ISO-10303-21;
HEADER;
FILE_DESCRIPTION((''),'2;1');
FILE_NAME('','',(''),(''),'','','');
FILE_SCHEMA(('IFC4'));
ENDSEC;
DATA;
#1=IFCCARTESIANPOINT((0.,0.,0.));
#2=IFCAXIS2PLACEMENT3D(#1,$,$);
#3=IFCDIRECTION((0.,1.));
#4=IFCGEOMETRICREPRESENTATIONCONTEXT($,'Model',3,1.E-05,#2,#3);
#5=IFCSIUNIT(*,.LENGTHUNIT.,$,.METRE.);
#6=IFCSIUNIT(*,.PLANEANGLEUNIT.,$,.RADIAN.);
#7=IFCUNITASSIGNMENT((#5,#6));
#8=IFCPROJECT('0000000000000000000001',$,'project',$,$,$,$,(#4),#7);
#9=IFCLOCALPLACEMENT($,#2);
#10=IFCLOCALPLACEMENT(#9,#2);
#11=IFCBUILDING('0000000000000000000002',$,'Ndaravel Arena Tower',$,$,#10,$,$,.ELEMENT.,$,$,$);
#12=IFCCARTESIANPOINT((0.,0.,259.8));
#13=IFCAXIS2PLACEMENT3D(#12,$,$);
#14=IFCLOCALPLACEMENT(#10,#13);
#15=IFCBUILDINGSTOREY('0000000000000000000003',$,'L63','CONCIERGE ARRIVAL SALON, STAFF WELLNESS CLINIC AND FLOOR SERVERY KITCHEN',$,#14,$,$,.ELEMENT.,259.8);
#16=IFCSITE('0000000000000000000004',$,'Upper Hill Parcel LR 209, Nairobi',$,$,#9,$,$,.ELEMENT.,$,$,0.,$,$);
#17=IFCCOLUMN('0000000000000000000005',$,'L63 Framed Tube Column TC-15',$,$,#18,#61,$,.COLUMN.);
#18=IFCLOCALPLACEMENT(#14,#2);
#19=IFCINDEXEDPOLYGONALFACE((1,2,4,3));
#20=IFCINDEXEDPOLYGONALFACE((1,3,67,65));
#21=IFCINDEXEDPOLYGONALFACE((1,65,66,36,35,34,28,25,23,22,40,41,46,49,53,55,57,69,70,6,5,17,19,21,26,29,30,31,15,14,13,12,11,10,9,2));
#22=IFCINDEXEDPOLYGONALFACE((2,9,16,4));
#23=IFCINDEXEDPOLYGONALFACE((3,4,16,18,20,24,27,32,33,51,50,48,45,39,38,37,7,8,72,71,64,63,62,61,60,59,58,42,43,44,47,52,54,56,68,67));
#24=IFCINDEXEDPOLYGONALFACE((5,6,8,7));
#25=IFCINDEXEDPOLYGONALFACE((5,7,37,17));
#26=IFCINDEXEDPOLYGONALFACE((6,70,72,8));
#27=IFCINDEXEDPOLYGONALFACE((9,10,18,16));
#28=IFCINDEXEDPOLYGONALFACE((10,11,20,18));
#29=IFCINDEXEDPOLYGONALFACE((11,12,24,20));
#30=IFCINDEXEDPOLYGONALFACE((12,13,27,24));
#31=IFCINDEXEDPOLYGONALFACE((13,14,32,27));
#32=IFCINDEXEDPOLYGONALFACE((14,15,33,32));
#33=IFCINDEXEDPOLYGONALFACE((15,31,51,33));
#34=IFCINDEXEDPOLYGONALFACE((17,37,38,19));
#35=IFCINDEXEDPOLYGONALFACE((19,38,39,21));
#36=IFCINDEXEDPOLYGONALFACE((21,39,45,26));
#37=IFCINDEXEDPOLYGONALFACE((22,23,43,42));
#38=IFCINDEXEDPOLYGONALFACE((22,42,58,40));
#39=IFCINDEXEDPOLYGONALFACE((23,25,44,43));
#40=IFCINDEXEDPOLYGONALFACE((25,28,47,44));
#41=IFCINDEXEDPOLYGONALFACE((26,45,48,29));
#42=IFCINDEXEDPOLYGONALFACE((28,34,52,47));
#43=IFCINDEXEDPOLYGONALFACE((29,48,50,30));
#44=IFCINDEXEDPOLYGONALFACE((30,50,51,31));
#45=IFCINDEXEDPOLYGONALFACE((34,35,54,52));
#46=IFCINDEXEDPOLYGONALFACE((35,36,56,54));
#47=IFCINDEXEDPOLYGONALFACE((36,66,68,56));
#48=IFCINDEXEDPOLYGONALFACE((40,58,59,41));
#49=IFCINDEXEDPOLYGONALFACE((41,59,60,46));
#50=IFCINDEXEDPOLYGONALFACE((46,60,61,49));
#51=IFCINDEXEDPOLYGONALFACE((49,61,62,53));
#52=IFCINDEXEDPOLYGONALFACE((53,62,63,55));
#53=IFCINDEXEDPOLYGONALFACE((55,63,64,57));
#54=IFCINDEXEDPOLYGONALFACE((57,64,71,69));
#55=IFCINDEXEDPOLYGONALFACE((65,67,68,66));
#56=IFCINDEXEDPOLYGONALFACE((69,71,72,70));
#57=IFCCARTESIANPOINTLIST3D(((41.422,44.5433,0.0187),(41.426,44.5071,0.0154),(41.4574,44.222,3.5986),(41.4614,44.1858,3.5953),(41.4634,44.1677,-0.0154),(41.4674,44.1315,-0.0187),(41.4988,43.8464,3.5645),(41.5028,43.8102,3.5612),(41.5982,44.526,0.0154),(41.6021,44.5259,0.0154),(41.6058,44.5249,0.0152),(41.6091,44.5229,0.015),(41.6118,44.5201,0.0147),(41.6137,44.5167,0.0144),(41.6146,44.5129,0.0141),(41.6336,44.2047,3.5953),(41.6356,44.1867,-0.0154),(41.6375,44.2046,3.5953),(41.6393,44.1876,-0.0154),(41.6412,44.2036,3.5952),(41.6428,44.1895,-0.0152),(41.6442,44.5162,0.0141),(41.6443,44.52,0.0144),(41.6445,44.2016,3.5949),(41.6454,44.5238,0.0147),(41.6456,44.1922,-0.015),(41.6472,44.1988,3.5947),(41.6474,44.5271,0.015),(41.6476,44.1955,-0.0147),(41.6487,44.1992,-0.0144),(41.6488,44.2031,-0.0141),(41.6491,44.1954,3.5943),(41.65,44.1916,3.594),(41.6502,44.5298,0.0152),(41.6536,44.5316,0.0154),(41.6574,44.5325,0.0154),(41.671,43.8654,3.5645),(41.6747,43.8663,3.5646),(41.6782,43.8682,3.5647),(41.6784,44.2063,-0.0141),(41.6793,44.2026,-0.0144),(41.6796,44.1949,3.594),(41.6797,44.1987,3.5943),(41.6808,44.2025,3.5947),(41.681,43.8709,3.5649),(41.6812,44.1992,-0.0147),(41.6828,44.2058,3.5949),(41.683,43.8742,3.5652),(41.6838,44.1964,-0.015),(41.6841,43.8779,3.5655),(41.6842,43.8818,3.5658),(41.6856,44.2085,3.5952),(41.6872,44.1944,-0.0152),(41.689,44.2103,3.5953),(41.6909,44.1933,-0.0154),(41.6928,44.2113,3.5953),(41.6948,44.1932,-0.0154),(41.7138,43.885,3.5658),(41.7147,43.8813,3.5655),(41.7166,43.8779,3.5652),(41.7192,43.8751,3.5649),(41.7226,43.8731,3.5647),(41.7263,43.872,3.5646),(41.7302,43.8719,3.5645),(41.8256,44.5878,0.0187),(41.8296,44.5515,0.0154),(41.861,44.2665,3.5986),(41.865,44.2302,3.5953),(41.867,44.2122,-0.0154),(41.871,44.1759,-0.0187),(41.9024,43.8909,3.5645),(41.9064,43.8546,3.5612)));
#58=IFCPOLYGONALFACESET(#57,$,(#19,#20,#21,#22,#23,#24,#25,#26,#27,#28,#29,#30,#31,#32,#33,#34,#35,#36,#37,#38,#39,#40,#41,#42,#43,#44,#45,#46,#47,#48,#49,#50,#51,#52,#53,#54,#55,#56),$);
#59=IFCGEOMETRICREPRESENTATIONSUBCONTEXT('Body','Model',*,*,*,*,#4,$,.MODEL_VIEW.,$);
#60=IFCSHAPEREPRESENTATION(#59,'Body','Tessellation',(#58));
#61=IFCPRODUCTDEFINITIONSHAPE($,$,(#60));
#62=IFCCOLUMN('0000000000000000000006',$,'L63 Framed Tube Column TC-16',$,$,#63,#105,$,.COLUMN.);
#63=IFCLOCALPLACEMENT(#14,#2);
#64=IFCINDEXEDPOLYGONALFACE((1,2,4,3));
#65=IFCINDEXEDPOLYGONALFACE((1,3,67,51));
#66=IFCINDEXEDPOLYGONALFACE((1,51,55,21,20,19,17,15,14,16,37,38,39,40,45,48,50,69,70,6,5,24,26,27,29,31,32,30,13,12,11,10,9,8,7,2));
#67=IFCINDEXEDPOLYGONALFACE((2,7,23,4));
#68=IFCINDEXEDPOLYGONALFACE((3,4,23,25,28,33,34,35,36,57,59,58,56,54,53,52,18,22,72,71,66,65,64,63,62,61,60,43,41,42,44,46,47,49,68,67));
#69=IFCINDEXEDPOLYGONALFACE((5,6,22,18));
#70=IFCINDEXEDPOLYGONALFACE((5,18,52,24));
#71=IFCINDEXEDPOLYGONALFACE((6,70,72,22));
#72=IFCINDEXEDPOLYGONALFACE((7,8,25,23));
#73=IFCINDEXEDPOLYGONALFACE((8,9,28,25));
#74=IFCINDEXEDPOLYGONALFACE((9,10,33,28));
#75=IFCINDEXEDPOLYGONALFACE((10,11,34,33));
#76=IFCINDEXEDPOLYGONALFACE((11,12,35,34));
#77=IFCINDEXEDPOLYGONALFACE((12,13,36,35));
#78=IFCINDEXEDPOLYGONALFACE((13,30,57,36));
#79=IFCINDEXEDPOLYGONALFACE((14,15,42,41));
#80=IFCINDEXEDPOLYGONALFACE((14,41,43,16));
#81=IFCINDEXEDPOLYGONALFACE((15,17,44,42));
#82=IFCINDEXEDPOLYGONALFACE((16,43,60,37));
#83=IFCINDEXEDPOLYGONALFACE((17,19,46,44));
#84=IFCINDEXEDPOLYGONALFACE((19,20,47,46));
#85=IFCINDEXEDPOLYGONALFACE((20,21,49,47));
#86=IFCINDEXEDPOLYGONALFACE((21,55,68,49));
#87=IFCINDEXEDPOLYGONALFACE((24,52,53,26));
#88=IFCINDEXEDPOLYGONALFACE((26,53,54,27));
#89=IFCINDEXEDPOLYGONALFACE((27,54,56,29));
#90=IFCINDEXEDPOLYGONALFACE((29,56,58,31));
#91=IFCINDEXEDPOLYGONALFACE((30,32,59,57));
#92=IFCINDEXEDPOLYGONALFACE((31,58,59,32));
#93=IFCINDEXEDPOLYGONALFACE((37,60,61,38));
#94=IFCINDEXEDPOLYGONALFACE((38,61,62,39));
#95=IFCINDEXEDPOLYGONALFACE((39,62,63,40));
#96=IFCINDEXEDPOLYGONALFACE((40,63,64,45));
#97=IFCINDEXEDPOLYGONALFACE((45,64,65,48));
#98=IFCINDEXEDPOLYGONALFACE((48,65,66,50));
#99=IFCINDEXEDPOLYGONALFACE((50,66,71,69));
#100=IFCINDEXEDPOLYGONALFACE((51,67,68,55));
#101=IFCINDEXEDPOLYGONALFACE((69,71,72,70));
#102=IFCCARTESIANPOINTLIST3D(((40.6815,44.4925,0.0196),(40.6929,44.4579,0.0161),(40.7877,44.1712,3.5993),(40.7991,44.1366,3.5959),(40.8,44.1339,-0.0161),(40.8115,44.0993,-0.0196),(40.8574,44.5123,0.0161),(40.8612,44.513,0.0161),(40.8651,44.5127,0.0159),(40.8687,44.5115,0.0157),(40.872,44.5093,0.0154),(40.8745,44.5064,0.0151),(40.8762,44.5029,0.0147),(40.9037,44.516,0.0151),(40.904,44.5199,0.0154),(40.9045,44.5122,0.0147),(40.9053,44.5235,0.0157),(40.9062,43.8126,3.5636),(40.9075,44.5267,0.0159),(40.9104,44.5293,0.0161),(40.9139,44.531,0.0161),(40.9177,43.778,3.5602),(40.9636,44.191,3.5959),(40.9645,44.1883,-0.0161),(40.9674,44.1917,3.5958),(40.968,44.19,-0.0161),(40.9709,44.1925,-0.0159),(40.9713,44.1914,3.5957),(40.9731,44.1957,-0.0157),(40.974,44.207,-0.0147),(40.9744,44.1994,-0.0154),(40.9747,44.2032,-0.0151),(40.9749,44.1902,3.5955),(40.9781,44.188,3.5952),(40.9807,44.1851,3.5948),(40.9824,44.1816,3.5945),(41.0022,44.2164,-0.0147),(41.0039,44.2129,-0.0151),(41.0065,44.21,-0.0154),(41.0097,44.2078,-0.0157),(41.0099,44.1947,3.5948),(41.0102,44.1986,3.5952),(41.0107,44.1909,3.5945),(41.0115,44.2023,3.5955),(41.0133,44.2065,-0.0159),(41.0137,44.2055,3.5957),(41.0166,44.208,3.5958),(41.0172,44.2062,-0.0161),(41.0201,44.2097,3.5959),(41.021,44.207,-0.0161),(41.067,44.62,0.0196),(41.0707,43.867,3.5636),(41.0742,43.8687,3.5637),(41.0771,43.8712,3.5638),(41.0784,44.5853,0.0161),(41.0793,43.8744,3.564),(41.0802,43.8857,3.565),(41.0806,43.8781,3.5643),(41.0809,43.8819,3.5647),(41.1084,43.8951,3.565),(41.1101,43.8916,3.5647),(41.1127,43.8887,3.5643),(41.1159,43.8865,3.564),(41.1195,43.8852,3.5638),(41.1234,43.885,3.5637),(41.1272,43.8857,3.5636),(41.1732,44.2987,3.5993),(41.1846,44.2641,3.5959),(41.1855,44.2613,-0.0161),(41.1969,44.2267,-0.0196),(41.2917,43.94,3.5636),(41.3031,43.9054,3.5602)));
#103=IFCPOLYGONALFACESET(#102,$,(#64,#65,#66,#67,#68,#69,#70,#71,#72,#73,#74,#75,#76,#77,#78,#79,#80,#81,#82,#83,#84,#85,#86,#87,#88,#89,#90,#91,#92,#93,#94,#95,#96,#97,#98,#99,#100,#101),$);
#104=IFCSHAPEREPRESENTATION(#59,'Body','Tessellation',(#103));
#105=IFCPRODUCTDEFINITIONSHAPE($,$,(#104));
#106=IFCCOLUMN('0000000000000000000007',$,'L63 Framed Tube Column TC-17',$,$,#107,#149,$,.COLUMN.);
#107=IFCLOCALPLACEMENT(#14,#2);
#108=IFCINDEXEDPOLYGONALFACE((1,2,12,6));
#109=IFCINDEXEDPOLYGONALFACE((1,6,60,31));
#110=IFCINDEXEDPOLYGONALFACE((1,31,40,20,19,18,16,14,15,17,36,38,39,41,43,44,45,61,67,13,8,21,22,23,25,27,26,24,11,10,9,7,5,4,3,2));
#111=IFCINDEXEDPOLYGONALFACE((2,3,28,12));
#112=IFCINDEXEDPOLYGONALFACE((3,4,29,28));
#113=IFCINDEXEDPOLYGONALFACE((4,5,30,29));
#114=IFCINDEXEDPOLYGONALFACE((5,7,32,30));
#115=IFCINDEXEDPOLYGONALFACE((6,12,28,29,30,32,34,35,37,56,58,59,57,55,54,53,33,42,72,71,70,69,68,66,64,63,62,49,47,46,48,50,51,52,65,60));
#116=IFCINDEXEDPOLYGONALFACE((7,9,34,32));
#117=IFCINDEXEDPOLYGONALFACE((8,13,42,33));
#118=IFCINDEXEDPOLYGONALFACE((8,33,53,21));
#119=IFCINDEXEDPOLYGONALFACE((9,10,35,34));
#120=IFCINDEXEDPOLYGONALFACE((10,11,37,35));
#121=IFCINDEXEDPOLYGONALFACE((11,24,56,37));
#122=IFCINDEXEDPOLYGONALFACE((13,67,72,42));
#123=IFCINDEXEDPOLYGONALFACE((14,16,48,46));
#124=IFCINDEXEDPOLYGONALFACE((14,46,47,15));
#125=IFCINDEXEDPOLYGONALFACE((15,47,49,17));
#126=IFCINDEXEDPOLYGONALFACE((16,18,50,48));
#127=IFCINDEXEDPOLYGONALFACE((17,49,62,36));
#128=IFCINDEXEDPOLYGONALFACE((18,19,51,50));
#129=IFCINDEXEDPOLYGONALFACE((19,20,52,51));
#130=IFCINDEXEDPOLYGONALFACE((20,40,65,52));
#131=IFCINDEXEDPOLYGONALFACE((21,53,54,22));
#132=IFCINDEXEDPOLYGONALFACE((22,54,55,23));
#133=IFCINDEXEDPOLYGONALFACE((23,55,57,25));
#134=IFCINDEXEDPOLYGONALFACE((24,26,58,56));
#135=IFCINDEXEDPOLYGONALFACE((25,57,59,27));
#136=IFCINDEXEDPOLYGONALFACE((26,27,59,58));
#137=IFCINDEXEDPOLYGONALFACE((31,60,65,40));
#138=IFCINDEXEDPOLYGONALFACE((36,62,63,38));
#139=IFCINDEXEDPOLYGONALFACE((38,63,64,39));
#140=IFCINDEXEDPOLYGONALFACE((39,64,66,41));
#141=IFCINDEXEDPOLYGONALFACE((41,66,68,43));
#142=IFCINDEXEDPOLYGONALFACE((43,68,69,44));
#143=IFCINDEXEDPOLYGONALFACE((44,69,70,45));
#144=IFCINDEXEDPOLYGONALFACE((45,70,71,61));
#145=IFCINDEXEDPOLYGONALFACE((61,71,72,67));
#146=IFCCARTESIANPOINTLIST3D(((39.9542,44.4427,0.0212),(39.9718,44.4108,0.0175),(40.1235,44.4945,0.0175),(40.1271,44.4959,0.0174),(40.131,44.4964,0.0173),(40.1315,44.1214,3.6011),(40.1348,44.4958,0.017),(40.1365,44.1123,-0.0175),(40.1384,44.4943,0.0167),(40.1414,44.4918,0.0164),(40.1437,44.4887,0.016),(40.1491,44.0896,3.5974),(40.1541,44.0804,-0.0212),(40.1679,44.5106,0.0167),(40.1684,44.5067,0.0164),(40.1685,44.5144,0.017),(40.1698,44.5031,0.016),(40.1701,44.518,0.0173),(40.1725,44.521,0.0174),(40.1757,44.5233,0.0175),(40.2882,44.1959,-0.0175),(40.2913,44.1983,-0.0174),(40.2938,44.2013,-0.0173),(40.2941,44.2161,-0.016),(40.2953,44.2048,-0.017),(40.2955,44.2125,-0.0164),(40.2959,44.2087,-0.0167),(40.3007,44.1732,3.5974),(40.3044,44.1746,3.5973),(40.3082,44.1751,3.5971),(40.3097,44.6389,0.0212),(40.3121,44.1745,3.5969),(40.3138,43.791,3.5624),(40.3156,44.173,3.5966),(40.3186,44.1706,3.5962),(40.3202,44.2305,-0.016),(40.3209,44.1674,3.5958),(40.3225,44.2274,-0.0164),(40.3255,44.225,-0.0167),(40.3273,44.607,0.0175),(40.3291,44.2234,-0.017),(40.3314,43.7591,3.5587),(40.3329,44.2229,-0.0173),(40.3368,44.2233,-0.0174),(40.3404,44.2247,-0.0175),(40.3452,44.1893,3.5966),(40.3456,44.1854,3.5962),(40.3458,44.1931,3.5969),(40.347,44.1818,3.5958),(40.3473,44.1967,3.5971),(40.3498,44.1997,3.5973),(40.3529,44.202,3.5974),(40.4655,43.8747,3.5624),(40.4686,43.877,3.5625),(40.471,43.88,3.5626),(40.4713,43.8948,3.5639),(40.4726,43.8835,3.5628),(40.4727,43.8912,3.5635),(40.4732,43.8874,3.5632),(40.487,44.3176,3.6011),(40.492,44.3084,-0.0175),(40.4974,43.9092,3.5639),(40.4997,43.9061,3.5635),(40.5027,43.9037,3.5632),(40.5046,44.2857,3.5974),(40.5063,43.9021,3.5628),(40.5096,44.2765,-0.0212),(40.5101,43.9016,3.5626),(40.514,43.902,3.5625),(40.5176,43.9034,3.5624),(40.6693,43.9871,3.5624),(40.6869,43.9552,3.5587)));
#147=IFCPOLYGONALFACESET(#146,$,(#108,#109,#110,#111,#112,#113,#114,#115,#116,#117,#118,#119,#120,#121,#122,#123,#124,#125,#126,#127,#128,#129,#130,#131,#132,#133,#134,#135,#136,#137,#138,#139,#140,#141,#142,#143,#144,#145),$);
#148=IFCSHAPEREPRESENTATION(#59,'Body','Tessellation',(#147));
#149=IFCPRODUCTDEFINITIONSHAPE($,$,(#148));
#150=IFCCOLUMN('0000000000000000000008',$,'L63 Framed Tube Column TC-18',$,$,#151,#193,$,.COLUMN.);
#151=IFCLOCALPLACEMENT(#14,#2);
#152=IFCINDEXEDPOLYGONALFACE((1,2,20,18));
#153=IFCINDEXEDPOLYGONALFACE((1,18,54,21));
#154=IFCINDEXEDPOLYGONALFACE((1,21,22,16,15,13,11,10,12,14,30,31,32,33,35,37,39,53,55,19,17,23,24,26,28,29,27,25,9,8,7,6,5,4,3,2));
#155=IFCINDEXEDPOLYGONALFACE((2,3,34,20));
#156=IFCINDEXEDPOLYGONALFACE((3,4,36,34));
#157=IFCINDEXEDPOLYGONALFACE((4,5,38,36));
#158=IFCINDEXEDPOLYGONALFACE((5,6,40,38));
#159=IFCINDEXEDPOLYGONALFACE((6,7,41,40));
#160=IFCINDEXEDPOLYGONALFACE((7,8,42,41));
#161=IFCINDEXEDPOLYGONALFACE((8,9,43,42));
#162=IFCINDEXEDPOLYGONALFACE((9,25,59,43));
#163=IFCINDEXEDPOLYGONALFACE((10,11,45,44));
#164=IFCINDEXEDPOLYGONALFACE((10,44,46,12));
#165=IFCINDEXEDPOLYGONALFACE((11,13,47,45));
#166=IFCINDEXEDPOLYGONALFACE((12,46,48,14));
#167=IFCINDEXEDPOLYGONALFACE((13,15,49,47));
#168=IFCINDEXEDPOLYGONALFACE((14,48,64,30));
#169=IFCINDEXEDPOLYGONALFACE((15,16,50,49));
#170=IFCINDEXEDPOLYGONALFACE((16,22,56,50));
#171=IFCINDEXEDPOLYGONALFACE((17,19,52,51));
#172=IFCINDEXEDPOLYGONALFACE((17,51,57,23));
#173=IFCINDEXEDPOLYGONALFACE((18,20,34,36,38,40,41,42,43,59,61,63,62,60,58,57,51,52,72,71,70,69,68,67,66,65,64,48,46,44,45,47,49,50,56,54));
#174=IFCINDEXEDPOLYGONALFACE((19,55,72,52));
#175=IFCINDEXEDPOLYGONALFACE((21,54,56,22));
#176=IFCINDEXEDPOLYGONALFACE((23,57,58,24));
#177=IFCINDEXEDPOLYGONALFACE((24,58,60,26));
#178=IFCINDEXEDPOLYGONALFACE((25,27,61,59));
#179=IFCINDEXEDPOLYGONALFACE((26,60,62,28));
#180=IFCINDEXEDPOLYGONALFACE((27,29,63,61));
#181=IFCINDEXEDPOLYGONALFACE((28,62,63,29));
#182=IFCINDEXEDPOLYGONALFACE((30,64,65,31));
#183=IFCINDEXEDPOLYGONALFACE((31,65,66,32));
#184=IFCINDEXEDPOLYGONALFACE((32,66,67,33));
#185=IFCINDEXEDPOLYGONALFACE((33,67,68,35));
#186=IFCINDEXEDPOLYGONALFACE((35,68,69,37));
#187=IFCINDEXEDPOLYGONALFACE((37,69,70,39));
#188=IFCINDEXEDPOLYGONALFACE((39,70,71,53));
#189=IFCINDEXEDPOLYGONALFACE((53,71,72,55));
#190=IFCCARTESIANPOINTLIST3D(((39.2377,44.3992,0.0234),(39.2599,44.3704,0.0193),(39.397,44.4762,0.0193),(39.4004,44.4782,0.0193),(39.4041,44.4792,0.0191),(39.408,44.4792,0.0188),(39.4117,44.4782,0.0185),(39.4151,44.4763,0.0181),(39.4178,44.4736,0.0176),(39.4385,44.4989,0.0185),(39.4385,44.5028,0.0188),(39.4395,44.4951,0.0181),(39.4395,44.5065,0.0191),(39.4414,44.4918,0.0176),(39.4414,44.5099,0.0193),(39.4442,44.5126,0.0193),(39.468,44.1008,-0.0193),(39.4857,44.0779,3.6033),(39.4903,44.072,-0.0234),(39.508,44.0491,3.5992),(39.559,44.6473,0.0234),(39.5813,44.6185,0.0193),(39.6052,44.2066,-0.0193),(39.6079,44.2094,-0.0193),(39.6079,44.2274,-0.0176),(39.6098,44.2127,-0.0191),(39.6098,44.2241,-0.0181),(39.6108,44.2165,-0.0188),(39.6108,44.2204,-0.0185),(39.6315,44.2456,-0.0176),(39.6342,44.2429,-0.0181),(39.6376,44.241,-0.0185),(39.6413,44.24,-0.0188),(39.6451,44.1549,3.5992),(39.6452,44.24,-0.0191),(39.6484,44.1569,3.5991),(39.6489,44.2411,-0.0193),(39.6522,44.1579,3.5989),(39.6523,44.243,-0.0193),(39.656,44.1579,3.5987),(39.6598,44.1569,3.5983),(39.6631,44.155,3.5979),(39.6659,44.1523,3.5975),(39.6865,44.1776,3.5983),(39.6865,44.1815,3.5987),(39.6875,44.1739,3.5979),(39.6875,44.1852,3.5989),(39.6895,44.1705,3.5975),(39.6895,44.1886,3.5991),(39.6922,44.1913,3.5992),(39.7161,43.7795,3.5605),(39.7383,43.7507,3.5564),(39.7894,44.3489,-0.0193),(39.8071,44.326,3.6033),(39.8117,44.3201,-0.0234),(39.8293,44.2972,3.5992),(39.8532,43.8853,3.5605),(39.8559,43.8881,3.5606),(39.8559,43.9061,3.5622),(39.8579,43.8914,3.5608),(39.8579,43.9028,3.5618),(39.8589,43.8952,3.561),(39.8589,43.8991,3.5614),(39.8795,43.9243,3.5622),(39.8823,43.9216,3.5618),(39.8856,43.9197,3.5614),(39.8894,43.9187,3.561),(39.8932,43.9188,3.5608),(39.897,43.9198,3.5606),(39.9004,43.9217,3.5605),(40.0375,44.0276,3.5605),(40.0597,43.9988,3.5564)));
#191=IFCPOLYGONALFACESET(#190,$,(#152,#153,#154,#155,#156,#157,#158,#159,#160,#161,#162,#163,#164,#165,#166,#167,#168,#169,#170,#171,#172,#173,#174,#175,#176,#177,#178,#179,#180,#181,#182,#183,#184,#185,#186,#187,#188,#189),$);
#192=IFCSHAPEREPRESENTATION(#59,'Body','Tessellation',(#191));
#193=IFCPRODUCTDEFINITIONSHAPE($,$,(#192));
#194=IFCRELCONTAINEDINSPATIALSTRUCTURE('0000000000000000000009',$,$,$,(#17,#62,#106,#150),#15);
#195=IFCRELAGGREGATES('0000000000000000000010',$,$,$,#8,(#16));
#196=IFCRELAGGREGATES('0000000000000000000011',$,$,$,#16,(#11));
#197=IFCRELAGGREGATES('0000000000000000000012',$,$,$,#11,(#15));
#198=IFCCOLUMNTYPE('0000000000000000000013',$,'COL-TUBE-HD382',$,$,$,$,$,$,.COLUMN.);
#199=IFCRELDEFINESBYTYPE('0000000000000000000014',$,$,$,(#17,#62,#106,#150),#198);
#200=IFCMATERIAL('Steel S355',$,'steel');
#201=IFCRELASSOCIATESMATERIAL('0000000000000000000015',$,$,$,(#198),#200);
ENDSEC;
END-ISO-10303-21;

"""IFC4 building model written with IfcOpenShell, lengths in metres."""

from ifc_helpers import new_model, si_unit, direction, frame, origin, origin_2d, place, context, subcontext, project, spatial, i_section, extrude, material, material_profile, profile_set, type_object, element, save


model = new_model("IFC4")

# Units and contexts
model_context = context("Model", 3, precision=1e-05, world=origin(), true_north=direction((0.0, 1.0)))
body_context = subcontext(model_context, "Body", "Model", "MODEL_VIEW")
ifc_project = project(units=[si_unit("LENGTHUNIT", "METRE"), si_unit("PLANEANGLEUNIT", "RADIAN")], contexts=[model_context])

# Site, building, storey
site_placement = place(None, origin())
site = spatial("IfcSite", under=ifc_project, at=site_placement, Name="Upper Hill Parcel LR 209, Nairobi", CompositionType="ELEMENT", RefElevation=0.0)
building_placement = place(site_placement, origin())
building = spatial("IfcBuilding", under=site, at=building_placement, Name="Ndaravel Arena Tower", CompositionType="ELEMENT")
storey_placement = place(building_placement, frame((0.0, 0.0, 259.8)))
storey = spatial("IfcBuildingStorey", under=building, at=storey_placement, Name="L63", Description="CONCIERGE ARRIVAL SALON, STAFF WELLNESS CLINIC AND FLOOR SERVERY KITCHEN", CompositionType="ELEMENT", Elevation=259.8)

# Columns
ifc_material_1 = material(Name="Steel S355", Category="steel")
ifc_material_profile_1 = material_profile(ifc_material_1, i_section(OverallWidth=0.406, OverallDepth=0.416, WebThickness=0.0298, FlangeThickness=0.0366, FilletRadius=0.0149, at=origin_2d()), Name="HD 400x382")
ifc_profile_set_1 = profile_set([ifc_material_profile_1], Name="Steel S355")
column_type = type_object("IfcColumnType", Name="COL-TUBE-HD382", PredefinedType="COLUMN", material=ifc_profile_set_1)
column_1_placement = place(storey_placement, frame((41.6465, 44.3596, 0.0), z_axis=(0.009849, -0.089386, 0.995948), x_axis=(0.993985, 0.10952, 0.0)))
element("IfcColumn", 1, at=column_1_placement, inside=storey, type_object=column_type, Name="L63 Framed Tube Column TC-15", PredefinedType="COLUMN", context=body_context, shape_type="SweptSolid", body=[
    extrude(i_section(OverallWidth=0.406, OverallDepth=0.416, WebThickness=0.0298, FlangeThickness=0.0366, FilletRadius=0.0149, at=origin_2d()), origin(), (0.0, 0.0, 1.0), 3.5945),
])
column_2_placement = place(storey_placement, frame((40.9392, 44.3596, 0.0), z_axis=(0.029535, -0.089351, 0.995562), x_axis=(0.949474, 0.313846, 0.0)))
element("IfcColumn", 2, at=column_2_placement, inside=storey, type_object=column_type, Name="L63 Framed Tube Column TC-16", PredefinedType="COLUMN", context=body_context, shape_type="SweptSolid", body=[
    extrude(i_section(OverallWidth=0.406, OverallDepth=0.416, WebThickness=0.0298, FlangeThickness=0.0366, FilletRadius=0.0149, at=origin_2d()), origin(), (0.0, 0.0, 1.0), 3.5957),
])
column_3_placement = place(storey_placement, frame((40.2319, 44.3596, 0.0), z_axis=(0.049254, -0.089282, 0.994788), x_axis=(0.875597, 0.483042, 0.0)))
element("IfcColumn", 3, at=column_3_placement, inside=storey, type_object=column_type, Name="L63 Framed Tube Column TC-17", PredefinedType="COLUMN", context=body_context, shape_type="SweptSolid", body=[
    extrude(i_section(OverallWidth=0.406, OverallDepth=0.416, WebThickness=0.0298, FlangeThickness=0.0366, FilletRadius=0.0149, at=origin_2d()), origin(), (0.0, 0.0, 1.0), 3.5986),
])
column_4_placement = place(storey_placement, frame((39.5247, 44.3596, 0.0), z_axis=(0.068849, -0.089178, 0.993633), x_axis=(0.791549, 0.611105, 0.0)))
element("IfcColumn", 4, at=column_4_placement, inside=storey, type_object=column_type, Name="L63 Framed Tube Column TC-18", PredefinedType="COLUMN", context=body_context, shape_type="SweptSolid", body=[
    extrude(i_section(OverallWidth=0.406, OverallDepth=0.416, WebThickness=0.0298, FlangeThickness=0.0366, FilletRadius=0.0149, at=origin_2d()), origin(), (0.0, 0.0, 1.0), 3.6028),
])

save(model, "model.ifc")
